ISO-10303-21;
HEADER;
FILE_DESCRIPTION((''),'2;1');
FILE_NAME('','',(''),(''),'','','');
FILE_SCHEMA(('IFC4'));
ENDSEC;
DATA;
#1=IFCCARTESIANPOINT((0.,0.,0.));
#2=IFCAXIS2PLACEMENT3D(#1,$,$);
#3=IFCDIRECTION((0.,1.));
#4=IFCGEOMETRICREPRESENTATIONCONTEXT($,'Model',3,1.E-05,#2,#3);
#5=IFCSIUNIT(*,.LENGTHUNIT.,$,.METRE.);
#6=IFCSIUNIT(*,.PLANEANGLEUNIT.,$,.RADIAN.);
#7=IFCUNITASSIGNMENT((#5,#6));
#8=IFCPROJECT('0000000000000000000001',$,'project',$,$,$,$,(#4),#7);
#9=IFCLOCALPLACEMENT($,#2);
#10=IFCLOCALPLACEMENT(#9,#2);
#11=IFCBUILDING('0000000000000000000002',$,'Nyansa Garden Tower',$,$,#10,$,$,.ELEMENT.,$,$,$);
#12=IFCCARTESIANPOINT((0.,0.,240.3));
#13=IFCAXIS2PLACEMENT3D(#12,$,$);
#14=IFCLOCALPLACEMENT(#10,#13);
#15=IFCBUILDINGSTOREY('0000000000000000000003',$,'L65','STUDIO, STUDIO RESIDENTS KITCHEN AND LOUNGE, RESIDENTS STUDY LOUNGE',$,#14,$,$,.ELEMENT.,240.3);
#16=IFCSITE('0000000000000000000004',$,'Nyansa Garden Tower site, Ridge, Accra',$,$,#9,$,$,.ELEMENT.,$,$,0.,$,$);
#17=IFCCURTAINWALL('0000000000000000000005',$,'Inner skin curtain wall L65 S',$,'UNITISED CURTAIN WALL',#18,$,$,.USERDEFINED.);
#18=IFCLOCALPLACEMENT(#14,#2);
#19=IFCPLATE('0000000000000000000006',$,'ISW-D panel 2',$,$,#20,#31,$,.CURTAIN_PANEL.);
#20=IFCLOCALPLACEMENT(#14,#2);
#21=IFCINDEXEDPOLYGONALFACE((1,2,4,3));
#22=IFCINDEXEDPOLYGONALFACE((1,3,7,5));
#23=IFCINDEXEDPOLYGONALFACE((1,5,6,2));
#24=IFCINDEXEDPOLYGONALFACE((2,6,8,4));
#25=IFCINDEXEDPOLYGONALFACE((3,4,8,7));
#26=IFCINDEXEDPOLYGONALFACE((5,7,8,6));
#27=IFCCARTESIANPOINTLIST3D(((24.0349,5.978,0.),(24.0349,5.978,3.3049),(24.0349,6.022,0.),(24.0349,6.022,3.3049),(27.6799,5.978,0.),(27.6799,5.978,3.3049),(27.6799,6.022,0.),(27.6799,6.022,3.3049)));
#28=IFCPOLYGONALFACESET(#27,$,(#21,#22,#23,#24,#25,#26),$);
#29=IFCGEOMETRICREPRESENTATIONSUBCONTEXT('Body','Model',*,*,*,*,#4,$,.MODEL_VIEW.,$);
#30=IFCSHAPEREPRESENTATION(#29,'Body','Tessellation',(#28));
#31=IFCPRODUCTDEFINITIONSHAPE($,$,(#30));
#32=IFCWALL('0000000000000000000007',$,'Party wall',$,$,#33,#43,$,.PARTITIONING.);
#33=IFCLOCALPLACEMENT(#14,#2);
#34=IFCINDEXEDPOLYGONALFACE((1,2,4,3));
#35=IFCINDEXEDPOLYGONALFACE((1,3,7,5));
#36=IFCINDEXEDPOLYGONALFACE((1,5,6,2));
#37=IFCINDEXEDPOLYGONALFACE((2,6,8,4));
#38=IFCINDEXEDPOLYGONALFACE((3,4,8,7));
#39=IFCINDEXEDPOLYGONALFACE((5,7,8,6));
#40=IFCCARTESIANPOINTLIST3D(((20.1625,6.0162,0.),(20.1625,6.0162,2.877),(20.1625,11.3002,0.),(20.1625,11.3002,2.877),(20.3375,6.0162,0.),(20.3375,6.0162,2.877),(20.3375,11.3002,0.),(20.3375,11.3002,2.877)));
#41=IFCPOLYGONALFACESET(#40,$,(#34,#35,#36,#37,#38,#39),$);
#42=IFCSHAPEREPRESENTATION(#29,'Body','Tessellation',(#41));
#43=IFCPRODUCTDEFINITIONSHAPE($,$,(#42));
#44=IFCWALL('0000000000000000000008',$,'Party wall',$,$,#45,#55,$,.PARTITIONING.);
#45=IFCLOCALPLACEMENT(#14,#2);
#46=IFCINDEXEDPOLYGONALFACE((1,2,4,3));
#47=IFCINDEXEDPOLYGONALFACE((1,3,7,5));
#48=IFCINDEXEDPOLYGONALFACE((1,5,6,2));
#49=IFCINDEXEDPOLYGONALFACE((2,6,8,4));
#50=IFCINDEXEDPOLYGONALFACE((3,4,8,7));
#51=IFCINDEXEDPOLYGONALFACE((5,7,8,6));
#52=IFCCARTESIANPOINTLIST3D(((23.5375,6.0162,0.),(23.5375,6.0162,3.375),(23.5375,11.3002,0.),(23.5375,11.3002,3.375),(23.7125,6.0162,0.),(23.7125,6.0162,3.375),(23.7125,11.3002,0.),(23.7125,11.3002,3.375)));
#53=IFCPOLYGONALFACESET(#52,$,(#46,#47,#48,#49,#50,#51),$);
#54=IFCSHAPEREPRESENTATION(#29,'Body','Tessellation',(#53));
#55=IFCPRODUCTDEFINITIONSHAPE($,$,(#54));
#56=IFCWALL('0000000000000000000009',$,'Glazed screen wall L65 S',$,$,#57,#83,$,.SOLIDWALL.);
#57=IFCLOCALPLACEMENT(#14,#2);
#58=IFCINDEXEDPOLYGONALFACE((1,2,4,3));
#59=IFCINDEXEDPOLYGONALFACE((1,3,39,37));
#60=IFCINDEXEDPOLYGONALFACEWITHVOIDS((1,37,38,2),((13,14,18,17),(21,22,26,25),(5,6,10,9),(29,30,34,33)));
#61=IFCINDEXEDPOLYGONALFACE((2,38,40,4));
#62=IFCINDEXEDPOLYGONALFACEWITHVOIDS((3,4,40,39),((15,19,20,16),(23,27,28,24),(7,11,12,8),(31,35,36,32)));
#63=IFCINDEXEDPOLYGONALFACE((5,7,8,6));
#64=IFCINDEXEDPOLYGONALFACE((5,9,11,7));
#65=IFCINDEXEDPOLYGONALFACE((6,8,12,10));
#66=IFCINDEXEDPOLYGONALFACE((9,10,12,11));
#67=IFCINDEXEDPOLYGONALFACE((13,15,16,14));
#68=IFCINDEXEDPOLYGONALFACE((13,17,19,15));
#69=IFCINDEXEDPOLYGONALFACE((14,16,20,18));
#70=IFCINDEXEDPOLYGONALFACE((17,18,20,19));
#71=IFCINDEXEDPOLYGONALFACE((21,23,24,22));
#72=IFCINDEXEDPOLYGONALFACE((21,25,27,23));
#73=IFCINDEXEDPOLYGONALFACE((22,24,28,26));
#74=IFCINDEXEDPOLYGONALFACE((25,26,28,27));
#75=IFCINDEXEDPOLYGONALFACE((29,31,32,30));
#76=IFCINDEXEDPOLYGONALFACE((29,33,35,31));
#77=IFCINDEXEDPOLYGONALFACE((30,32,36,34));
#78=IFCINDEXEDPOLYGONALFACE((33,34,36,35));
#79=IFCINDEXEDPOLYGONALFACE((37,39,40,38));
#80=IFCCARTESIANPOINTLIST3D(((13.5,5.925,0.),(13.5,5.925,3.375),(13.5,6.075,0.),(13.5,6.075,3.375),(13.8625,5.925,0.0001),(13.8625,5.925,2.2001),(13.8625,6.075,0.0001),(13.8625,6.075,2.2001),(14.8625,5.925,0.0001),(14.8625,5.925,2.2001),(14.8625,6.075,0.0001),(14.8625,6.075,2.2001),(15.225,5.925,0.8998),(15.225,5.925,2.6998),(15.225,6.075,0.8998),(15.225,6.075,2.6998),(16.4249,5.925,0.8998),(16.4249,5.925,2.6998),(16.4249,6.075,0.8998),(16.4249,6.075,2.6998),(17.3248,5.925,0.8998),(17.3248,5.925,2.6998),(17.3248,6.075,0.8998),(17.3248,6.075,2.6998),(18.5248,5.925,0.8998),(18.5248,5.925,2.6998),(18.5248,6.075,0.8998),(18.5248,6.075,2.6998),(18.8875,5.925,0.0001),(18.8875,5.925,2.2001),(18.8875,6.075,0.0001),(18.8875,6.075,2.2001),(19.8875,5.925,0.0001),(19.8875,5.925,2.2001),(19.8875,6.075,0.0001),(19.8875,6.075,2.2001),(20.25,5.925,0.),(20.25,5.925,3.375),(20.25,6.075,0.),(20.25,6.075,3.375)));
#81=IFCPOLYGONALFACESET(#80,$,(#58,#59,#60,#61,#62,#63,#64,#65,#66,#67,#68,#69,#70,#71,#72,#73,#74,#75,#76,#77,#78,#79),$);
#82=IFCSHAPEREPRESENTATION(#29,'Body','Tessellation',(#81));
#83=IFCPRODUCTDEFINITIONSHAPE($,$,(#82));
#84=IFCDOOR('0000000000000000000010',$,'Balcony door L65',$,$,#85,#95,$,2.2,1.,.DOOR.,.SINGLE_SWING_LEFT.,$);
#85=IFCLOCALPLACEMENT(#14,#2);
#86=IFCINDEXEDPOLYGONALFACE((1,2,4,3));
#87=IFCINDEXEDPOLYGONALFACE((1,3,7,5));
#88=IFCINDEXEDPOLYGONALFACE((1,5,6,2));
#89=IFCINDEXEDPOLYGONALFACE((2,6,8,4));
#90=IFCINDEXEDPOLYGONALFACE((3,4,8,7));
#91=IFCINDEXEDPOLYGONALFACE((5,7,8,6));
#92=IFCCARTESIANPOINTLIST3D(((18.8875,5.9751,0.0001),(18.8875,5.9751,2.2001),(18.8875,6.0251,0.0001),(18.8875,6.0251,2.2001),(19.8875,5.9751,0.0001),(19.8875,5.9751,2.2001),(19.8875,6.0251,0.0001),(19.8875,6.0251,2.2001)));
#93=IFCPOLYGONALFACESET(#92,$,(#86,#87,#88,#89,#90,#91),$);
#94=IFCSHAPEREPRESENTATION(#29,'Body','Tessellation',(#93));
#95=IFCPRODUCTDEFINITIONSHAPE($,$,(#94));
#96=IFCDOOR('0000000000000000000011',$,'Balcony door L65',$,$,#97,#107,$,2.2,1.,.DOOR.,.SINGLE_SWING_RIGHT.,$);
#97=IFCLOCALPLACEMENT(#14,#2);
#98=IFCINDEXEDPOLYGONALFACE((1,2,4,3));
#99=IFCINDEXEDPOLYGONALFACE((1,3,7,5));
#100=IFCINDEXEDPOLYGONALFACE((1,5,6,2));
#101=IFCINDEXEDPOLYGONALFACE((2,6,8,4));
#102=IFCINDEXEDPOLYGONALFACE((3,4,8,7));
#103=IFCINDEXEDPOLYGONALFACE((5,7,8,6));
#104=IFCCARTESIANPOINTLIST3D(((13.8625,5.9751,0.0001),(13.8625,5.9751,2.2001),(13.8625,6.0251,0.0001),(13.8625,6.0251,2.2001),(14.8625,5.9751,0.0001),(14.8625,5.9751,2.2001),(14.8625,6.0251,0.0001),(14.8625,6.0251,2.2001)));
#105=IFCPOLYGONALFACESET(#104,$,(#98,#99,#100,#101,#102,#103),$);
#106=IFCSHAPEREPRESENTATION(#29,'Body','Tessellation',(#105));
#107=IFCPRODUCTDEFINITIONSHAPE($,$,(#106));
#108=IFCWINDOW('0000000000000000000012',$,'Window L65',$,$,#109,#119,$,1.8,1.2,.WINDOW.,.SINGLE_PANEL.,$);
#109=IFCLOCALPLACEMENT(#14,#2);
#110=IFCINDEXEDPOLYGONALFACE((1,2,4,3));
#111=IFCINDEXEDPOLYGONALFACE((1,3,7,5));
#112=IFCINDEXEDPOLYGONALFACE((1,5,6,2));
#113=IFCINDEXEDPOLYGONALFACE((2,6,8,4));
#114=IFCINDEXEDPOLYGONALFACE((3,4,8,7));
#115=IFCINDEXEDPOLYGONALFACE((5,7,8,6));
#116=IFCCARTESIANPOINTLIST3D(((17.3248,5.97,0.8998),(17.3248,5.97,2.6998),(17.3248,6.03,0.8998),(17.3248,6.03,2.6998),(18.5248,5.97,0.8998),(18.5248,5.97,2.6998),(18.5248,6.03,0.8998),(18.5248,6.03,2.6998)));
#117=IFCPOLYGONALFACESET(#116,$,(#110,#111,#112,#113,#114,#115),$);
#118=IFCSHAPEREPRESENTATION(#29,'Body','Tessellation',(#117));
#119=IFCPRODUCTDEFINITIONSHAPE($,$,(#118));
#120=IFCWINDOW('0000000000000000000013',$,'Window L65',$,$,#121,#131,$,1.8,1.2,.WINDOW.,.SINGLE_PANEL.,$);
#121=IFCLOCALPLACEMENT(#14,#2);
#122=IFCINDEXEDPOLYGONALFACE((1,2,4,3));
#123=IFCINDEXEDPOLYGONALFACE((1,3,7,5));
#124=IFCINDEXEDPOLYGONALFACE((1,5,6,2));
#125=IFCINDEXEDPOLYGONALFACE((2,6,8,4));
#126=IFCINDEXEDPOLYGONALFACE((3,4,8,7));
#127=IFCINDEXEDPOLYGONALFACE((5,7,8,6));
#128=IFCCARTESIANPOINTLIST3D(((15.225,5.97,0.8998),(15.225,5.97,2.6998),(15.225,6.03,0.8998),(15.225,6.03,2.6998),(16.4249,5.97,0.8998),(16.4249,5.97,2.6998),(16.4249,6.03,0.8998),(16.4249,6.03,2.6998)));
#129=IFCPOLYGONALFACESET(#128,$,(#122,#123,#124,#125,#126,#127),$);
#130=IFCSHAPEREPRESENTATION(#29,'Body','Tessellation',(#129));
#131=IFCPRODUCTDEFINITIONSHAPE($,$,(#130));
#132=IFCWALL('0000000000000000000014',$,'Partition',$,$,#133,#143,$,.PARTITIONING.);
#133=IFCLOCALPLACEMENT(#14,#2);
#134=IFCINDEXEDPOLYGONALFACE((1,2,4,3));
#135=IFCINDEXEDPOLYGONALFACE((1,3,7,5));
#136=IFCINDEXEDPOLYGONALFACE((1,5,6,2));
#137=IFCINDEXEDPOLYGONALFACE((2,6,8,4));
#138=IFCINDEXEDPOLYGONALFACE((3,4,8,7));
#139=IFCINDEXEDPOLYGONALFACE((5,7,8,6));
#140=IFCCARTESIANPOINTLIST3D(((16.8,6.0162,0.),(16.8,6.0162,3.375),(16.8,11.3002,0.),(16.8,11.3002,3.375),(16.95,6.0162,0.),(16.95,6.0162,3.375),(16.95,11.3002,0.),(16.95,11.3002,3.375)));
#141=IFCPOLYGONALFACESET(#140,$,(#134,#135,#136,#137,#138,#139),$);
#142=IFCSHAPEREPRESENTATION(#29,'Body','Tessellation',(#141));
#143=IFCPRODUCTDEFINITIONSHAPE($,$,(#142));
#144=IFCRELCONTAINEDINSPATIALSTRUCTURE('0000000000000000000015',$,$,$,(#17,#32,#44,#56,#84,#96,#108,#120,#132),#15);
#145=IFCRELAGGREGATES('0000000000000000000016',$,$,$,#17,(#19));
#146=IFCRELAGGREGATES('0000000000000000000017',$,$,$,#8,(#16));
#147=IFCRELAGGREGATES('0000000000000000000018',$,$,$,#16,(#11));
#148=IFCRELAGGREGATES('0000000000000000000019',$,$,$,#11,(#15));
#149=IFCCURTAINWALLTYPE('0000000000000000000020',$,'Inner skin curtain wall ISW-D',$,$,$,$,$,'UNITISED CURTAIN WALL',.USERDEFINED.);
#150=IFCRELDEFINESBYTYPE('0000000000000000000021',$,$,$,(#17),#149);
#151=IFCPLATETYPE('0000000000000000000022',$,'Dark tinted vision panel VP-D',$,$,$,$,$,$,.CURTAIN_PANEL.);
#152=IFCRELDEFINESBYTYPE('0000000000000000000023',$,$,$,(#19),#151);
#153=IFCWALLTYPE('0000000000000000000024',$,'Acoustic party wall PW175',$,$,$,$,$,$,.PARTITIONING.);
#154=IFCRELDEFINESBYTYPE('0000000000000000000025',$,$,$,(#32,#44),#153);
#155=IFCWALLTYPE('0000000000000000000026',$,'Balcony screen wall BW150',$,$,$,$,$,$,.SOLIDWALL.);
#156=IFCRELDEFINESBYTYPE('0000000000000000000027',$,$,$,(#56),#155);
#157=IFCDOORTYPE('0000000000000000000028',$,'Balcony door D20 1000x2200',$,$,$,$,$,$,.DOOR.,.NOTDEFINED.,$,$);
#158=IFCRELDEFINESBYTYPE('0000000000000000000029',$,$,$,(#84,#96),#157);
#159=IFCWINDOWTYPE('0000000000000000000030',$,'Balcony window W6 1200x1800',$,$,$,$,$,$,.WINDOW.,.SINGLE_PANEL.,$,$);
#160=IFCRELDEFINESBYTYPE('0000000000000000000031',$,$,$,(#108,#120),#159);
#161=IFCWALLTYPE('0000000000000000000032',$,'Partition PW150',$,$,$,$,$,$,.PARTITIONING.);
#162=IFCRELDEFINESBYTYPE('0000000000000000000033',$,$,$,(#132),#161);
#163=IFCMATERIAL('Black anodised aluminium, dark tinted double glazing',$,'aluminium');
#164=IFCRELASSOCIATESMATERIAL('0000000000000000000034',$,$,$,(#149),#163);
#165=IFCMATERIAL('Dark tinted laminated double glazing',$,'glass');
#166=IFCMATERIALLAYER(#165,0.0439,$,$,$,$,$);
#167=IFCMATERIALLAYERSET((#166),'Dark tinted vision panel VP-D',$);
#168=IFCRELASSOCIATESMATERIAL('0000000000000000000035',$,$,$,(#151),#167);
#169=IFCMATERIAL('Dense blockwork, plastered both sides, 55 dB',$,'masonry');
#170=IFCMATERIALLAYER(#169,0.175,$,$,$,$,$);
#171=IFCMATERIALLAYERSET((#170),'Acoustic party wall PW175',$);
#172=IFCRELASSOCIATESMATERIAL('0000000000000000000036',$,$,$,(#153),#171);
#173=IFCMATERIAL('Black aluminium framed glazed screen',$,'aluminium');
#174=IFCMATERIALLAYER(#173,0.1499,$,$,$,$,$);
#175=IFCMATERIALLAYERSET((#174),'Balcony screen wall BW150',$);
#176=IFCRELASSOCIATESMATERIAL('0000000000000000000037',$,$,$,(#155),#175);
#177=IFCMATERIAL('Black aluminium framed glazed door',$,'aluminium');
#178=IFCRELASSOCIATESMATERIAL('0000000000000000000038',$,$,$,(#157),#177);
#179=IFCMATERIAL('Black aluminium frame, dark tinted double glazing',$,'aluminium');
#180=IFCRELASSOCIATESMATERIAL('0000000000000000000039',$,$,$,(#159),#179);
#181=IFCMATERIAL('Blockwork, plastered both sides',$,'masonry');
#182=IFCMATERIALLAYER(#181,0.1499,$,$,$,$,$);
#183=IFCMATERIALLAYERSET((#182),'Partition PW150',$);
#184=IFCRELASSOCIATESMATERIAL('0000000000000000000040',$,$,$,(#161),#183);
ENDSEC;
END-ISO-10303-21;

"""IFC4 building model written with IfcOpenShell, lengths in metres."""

from ifc_helpers import new_model, si_unit, direction, frame, frame_2d, origin, origin_2d, place, context, subcontext, project, spatial, rectangle, extrude, material, layer, layer_set, type_object, element, fill, aggregate, save


model = new_model("IFC4")

# Units and contexts
model_context = context("Model", 3, precision=1e-05, world=origin(), true_north=direction((0.0, 1.0)))
body_context = subcontext(model_context, "Body", "Model", "MODEL_VIEW")
ifc_project = project(units=[si_unit("LENGTHUNIT", "METRE"), si_unit("PLANEANGLEUNIT", "RADIAN")], contexts=[model_context])

# Site, building, storey
site_placement = place(None, origin())
site = spatial("IfcSite", under=ifc_project, at=site_placement, Name="Nyansa Garden Tower site, Ridge, Accra", CompositionType="ELEMENT", RefElevation=0.0)
building_placement = place(site_placement, origin())
building = spatial("IfcBuilding", under=site, at=building_placement, Name="Nyansa Garden Tower", CompositionType="ELEMENT")
storey_placement = place(building_placement, frame((0.0, 0.0, 240.3)))
storey = spatial("IfcBuildingStorey", under=building, at=storey_placement, Name="L65", Description="STUDIO, STUDIO RESIDENTS KITCHEN AND LOUNGE, RESIDENTS STUDY LOUNGE", CompositionType="ELEMENT", Elevation=240.3)

# Curtain wall
ifc_material_1 = material(Name="Black anodised aluminium, dark tinted double glazing", Category="aluminium")
curtain_wall_type = type_object("IfcCurtainWallType", Name="Inner skin curtain wall ISW-D", ElementType="UNITISED CURTAIN WALL", PredefinedType="USERDEFINED", material=ifc_material_1)
curtain_wall_placement = place(storey_placement, origin())
curtain_wall = element("IfcCurtainWall", 1, at=curtain_wall_placement, inside=storey, type_object=curtain_wall_type, Name="Inner skin curtain wall L65 S", ObjectType="UNITISED CURTAIN WALL", PredefinedType="USERDEFINED")

# Plate
ifc_material_2 = material(Name="Dark tinted laminated double glazing", Category="glass")
ifc_layer_1 = layer(ifc_material_2, 0.0439)
ifc_layer_set_1 = layer_set([ifc_layer_1], Name="Dark tinted vision panel VP-D")
plate_type = type_object("IfcPlateType", Name="Dark tinted vision panel VP-D", PredefinedType="CURTAIN_PANEL", material=ifc_layer_set_1)
plate_1_placement = place(storey_placement, frame((25.8574, 6.0, 0.0), z_axis=(0.0, 0.0, 1.0), x_axis=(1.0, 0.0, 0.0)))
plate_1 = element("IfcPlate", 2, at=plate_1_placement, type_object=plate_type, Name="ISW-D panel 2", PredefinedType="CURTAIN_PANEL", context=body_context, shape_type="SweptSolid", body=[
    extrude(rectangle(XDim=3.645, YDim=0.0439, at=origin_2d()), origin(), (0.0, 0.0, 1.0), 3.3049),
])
aggregate(curtain_wall, [plate_1])

# Walls
ifc_material_3 = material(Name="Dense blockwork, plastered both sides, 55 dB", Category="masonry")
ifc_layer_2 = layer(ifc_material_3, 0.175)
ifc_layer_set_2 = layer_set([ifc_layer_2], Name="Acoustic party wall PW175")
wall_type_1 = type_object("IfcWallType", Name="Acoustic party wall PW175", PredefinedType="PARTITIONING", material=ifc_layer_set_2)
wall_1_placement = place(storey_placement, frame((20.25, 6.0161, 0.0), z_axis=(0.0, 0.0, 1.0), x_axis=(0.0, 1.0, 0.0)))
element("IfcWall", 3, at=wall_1_placement, inside=storey, type_object=wall_type_1, Name="Party wall", PredefinedType="PARTITIONING", context=body_context, shape_type="SweptSolid", body=[
    extrude(rectangle(XDim=5.2839, YDim=0.175, at=frame_2d((2.6421, 0.0))), origin(), (0.0, 0.0, 1.0), 2.877),
])
wall_2_placement = place(storey_placement, frame((23.625, 6.0161, 0.0), z_axis=(0.0, 0.0, 1.0), x_axis=(0.0, 1.0, 0.0)))
element("IfcWall", 4, at=wall_2_placement, inside=storey, type_object=wall_type_1, Name="Party wall", PredefinedType="PARTITIONING", context=body_context, shape_type="SweptSolid", body=[
    extrude(rectangle(XDim=5.2839, YDim=0.175, at=frame_2d((2.6421, 0.0))), origin(), (0.0, 0.0, 1.0), 3.375),
])

# Wall, openings, doors, windows
ifc_material_4 = material(Name="Black aluminium framed glazed screen", Category="aluminium")
ifc_layer_3 = layer(ifc_material_4, 0.1499)
ifc_layer_set_3 = layer_set([ifc_layer_3], Name="Balcony screen wall BW150")
wall_type_2 = type_object("IfcWallType", Name="Balcony screen wall BW150", PredefinedType="SOLIDWALL", material=ifc_layer_set_3)
wall_3_placement = place(storey_placement, frame((20.25, 6.0, 0.0), z_axis=(0.0, 0.0, 1.0), x_axis=(-1.0, 0.0, 0.0)))
wall_3 = element("IfcWall", 5, at=wall_3_placement, inside=storey, type_object=wall_type_2, Name="Glazed screen wall L65 S", PredefinedType="SOLIDWALL", context=body_context, shape_type="SweptSolid", body=[
    extrude(rectangle(XDim=6.75, YDim=0.1499, at=frame_2d((3.375, 0.0))), origin(), (0.0, 0.0, 1.0), 3.375),
])
opening_1_placement = place(wall_3_placement, frame((0.3625, 0.0, 0.0)))
opening_1 = element("IfcOpeningElement", 6, at=opening_1_placement, cuts=wall_3, PredefinedType="OPENING", context=body_context, shape_type="SweptSolid", body=[
    extrude(rectangle(XDim=1.0, YDim=2.2, at=frame_2d((0.5, 1.1001))), frame((0.0, 0.085, 0.0), z_axis=(0.0, -1.0, 0.0), x_axis=(1.0, 0.0, 0.0)), (0.0, 0.0, 1.0), 0.1699),
])
opening_2_placement = place(wall_3_placement, frame((1.7251, 0.0, 0.8999)))
opening_2 = element("IfcOpeningElement", 7, at=opening_2_placement, cuts=wall_3, PredefinedType="OPENING", context=body_context, shape_type="SweptSolid", body=[
    extrude(rectangle(XDim=1.2, YDim=1.8, at=frame_2d((0.6001, 0.8999))), frame((0.0, 0.085, 0.0), z_axis=(0.0, -1.0, 0.0), x_axis=(1.0, 0.0, 0.0)), (0.0, 0.0, 1.0), 0.1699),
])
opening_3_placement = place(wall_3_placement, frame((5.3875, 0.0, 0.0)))
opening_3 = element("IfcOpeningElement", 8, at=opening_3_placement, cuts=wall_3, PredefinedType="OPENING", context=body_context, shape_type="SweptSolid", body=[
    extrude(rectangle(XDim=1.0, YDim=2.2, at=frame_2d((0.5, 1.1001))), frame((0.0, 0.085, 0.0), z_axis=(0.0, -1.0, 0.0), x_axis=(1.0, 0.0, 0.0)), (0.0, 0.0, 1.0), 0.1699),
])
opening_4_placement = place(wall_3_placement, frame((3.825, 0.0, 0.8999)))
opening_4 = element("IfcOpeningElement", 9, at=opening_4_placement, cuts=wall_3, PredefinedType="OPENING", context=body_context, shape_type="SweptSolid", body=[
    extrude(rectangle(XDim=1.2, YDim=1.8, at=frame_2d((0.6001, 0.8999))), frame((0.0, 0.085, 0.0), z_axis=(0.0, -1.0, 0.0), x_axis=(1.0, 0.0, 0.0)), (0.0, 0.0, 1.0), 0.1699),
])
ifc_material_5 = material(Name="Black aluminium framed glazed door", Category="aluminium")
door_type_1 = type_object("IfcDoorType", Name="Balcony door D20 1000x2200", OperationType="NOTDEFINED", PredefinedType="DOOR", material=ifc_material_5)
door_1_placement = place(opening_1_placement, origin())
door_1 = element("IfcDoor", 10, at=door_1_placement, inside=storey, type_object=door_type_1, Name="Balcony door L65", OperationType="SINGLE_SWING_LEFT", OverallHeight=2.2, OverallWidth=1.0, PredefinedType="DOOR", context=body_context, shape_type="SweptSolid", body=[
    extrude(rectangle(XDim=1.0, YDim=2.2, at=frame_2d((0.5, 1.1001))), frame((0.0, 0.0249, 0.0), z_axis=(0.0, -1.0, 0.0), x_axis=(1.0, 0.0, 0.0)), (0.0, 0.0, 1.0), 0.05),
])
fill(opening_1, door_1)
door_2_placement = place(opening_3_placement, origin())
door_2 = element("IfcDoor", 11, at=door_2_placement, inside=storey, type_object=door_type_1, Name="Balcony door L65", OperationType="SINGLE_SWING_RIGHT", OverallHeight=2.2, OverallWidth=1.0, PredefinedType="DOOR", context=body_context, shape_type="SweptSolid", body=[
    extrude(rectangle(XDim=1.0, YDim=2.2, at=frame_2d((0.5, 1.1001))), frame((0.0, 0.0249, 0.0), z_axis=(0.0, -1.0, 0.0), x_axis=(1.0, 0.0, 0.0)), (0.0, 0.0, 1.0), 0.05),
])
fill(opening_3, door_2)
ifc_material_6 = material(Name="Black aluminium frame, dark tinted double glazing", Category="aluminium")
window_type = type_object("IfcWindowType", Name="Balcony window W6 1200x1800", PartitioningType="SINGLE_PANEL", PredefinedType="WINDOW", material=ifc_material_6)
window_1_placement = place(opening_2_placement, origin())
window_1 = element("IfcWindow", 12, at=window_1_placement, inside=storey, type_object=window_type, Name="Window L65", OverallHeight=1.8, OverallWidth=1.2, PartitioningType="SINGLE_PANEL", PredefinedType="WINDOW", context=body_context, shape_type="SweptSolid", body=[
    extrude(rectangle(XDim=1.2, YDim=1.8, at=frame_2d((0.6001, 0.8999))), frame((0.0, 0.03, 0.0), z_axis=(0.0, -1.0, 0.0), x_axis=(1.0, 0.0, 0.0)), (0.0, 0.0, 1.0), 0.0601),
])
fill(opening_2, window_1)
window_2_placement = place(opening_4_placement, origin())
window_2 = element("IfcWindow", 13, at=window_2_placement, inside=storey, type_object=window_type, Name="Window L65", OverallHeight=1.8, OverallWidth=1.2, PartitioningType="SINGLE_PANEL", PredefinedType="WINDOW", context=body_context, shape_type="SweptSolid", body=[
    extrude(rectangle(XDim=1.2, YDim=1.8, at=frame_2d((0.6001, 0.8999))), frame((0.0, 0.03, 0.0), z_axis=(0.0, -1.0, 0.0), x_axis=(1.0, 0.0, 0.0)), (0.0, 0.0, 1.0), 0.0601),
])
fill(opening_4, window_2)

# Wall
ifc_material_7 = material(Name="Blockwork, plastered both sides", Category="masonry")
ifc_layer_4 = layer(ifc_material_7, 0.1499)
ifc_layer_set_4 = layer_set([ifc_layer_4], Name="Partition PW150")
wall_type_3 = type_object("IfcWallType", Name="Partition PW150", PredefinedType="PARTITIONING", material=ifc_layer_set_4)
wall_4_placement = place(storey_placement, frame((16.875, 6.0161, 0.0), z_axis=(0.0, 0.0, 1.0), x_axis=(0.0, 1.0, 0.0)))
element("IfcWall", 14, at=wall_4_placement, inside=storey, type_object=wall_type_3, Name="Partition", PredefinedType="PARTITIONING", context=body_context, shape_type="SweptSolid", body=[
    extrude(rectangle(XDim=5.2839, YDim=0.1499, at=frame_2d((2.6421, 0.0))), origin(), (0.0, 0.0, 1.0), 3.375),
])

save(model, "model.ifc")
